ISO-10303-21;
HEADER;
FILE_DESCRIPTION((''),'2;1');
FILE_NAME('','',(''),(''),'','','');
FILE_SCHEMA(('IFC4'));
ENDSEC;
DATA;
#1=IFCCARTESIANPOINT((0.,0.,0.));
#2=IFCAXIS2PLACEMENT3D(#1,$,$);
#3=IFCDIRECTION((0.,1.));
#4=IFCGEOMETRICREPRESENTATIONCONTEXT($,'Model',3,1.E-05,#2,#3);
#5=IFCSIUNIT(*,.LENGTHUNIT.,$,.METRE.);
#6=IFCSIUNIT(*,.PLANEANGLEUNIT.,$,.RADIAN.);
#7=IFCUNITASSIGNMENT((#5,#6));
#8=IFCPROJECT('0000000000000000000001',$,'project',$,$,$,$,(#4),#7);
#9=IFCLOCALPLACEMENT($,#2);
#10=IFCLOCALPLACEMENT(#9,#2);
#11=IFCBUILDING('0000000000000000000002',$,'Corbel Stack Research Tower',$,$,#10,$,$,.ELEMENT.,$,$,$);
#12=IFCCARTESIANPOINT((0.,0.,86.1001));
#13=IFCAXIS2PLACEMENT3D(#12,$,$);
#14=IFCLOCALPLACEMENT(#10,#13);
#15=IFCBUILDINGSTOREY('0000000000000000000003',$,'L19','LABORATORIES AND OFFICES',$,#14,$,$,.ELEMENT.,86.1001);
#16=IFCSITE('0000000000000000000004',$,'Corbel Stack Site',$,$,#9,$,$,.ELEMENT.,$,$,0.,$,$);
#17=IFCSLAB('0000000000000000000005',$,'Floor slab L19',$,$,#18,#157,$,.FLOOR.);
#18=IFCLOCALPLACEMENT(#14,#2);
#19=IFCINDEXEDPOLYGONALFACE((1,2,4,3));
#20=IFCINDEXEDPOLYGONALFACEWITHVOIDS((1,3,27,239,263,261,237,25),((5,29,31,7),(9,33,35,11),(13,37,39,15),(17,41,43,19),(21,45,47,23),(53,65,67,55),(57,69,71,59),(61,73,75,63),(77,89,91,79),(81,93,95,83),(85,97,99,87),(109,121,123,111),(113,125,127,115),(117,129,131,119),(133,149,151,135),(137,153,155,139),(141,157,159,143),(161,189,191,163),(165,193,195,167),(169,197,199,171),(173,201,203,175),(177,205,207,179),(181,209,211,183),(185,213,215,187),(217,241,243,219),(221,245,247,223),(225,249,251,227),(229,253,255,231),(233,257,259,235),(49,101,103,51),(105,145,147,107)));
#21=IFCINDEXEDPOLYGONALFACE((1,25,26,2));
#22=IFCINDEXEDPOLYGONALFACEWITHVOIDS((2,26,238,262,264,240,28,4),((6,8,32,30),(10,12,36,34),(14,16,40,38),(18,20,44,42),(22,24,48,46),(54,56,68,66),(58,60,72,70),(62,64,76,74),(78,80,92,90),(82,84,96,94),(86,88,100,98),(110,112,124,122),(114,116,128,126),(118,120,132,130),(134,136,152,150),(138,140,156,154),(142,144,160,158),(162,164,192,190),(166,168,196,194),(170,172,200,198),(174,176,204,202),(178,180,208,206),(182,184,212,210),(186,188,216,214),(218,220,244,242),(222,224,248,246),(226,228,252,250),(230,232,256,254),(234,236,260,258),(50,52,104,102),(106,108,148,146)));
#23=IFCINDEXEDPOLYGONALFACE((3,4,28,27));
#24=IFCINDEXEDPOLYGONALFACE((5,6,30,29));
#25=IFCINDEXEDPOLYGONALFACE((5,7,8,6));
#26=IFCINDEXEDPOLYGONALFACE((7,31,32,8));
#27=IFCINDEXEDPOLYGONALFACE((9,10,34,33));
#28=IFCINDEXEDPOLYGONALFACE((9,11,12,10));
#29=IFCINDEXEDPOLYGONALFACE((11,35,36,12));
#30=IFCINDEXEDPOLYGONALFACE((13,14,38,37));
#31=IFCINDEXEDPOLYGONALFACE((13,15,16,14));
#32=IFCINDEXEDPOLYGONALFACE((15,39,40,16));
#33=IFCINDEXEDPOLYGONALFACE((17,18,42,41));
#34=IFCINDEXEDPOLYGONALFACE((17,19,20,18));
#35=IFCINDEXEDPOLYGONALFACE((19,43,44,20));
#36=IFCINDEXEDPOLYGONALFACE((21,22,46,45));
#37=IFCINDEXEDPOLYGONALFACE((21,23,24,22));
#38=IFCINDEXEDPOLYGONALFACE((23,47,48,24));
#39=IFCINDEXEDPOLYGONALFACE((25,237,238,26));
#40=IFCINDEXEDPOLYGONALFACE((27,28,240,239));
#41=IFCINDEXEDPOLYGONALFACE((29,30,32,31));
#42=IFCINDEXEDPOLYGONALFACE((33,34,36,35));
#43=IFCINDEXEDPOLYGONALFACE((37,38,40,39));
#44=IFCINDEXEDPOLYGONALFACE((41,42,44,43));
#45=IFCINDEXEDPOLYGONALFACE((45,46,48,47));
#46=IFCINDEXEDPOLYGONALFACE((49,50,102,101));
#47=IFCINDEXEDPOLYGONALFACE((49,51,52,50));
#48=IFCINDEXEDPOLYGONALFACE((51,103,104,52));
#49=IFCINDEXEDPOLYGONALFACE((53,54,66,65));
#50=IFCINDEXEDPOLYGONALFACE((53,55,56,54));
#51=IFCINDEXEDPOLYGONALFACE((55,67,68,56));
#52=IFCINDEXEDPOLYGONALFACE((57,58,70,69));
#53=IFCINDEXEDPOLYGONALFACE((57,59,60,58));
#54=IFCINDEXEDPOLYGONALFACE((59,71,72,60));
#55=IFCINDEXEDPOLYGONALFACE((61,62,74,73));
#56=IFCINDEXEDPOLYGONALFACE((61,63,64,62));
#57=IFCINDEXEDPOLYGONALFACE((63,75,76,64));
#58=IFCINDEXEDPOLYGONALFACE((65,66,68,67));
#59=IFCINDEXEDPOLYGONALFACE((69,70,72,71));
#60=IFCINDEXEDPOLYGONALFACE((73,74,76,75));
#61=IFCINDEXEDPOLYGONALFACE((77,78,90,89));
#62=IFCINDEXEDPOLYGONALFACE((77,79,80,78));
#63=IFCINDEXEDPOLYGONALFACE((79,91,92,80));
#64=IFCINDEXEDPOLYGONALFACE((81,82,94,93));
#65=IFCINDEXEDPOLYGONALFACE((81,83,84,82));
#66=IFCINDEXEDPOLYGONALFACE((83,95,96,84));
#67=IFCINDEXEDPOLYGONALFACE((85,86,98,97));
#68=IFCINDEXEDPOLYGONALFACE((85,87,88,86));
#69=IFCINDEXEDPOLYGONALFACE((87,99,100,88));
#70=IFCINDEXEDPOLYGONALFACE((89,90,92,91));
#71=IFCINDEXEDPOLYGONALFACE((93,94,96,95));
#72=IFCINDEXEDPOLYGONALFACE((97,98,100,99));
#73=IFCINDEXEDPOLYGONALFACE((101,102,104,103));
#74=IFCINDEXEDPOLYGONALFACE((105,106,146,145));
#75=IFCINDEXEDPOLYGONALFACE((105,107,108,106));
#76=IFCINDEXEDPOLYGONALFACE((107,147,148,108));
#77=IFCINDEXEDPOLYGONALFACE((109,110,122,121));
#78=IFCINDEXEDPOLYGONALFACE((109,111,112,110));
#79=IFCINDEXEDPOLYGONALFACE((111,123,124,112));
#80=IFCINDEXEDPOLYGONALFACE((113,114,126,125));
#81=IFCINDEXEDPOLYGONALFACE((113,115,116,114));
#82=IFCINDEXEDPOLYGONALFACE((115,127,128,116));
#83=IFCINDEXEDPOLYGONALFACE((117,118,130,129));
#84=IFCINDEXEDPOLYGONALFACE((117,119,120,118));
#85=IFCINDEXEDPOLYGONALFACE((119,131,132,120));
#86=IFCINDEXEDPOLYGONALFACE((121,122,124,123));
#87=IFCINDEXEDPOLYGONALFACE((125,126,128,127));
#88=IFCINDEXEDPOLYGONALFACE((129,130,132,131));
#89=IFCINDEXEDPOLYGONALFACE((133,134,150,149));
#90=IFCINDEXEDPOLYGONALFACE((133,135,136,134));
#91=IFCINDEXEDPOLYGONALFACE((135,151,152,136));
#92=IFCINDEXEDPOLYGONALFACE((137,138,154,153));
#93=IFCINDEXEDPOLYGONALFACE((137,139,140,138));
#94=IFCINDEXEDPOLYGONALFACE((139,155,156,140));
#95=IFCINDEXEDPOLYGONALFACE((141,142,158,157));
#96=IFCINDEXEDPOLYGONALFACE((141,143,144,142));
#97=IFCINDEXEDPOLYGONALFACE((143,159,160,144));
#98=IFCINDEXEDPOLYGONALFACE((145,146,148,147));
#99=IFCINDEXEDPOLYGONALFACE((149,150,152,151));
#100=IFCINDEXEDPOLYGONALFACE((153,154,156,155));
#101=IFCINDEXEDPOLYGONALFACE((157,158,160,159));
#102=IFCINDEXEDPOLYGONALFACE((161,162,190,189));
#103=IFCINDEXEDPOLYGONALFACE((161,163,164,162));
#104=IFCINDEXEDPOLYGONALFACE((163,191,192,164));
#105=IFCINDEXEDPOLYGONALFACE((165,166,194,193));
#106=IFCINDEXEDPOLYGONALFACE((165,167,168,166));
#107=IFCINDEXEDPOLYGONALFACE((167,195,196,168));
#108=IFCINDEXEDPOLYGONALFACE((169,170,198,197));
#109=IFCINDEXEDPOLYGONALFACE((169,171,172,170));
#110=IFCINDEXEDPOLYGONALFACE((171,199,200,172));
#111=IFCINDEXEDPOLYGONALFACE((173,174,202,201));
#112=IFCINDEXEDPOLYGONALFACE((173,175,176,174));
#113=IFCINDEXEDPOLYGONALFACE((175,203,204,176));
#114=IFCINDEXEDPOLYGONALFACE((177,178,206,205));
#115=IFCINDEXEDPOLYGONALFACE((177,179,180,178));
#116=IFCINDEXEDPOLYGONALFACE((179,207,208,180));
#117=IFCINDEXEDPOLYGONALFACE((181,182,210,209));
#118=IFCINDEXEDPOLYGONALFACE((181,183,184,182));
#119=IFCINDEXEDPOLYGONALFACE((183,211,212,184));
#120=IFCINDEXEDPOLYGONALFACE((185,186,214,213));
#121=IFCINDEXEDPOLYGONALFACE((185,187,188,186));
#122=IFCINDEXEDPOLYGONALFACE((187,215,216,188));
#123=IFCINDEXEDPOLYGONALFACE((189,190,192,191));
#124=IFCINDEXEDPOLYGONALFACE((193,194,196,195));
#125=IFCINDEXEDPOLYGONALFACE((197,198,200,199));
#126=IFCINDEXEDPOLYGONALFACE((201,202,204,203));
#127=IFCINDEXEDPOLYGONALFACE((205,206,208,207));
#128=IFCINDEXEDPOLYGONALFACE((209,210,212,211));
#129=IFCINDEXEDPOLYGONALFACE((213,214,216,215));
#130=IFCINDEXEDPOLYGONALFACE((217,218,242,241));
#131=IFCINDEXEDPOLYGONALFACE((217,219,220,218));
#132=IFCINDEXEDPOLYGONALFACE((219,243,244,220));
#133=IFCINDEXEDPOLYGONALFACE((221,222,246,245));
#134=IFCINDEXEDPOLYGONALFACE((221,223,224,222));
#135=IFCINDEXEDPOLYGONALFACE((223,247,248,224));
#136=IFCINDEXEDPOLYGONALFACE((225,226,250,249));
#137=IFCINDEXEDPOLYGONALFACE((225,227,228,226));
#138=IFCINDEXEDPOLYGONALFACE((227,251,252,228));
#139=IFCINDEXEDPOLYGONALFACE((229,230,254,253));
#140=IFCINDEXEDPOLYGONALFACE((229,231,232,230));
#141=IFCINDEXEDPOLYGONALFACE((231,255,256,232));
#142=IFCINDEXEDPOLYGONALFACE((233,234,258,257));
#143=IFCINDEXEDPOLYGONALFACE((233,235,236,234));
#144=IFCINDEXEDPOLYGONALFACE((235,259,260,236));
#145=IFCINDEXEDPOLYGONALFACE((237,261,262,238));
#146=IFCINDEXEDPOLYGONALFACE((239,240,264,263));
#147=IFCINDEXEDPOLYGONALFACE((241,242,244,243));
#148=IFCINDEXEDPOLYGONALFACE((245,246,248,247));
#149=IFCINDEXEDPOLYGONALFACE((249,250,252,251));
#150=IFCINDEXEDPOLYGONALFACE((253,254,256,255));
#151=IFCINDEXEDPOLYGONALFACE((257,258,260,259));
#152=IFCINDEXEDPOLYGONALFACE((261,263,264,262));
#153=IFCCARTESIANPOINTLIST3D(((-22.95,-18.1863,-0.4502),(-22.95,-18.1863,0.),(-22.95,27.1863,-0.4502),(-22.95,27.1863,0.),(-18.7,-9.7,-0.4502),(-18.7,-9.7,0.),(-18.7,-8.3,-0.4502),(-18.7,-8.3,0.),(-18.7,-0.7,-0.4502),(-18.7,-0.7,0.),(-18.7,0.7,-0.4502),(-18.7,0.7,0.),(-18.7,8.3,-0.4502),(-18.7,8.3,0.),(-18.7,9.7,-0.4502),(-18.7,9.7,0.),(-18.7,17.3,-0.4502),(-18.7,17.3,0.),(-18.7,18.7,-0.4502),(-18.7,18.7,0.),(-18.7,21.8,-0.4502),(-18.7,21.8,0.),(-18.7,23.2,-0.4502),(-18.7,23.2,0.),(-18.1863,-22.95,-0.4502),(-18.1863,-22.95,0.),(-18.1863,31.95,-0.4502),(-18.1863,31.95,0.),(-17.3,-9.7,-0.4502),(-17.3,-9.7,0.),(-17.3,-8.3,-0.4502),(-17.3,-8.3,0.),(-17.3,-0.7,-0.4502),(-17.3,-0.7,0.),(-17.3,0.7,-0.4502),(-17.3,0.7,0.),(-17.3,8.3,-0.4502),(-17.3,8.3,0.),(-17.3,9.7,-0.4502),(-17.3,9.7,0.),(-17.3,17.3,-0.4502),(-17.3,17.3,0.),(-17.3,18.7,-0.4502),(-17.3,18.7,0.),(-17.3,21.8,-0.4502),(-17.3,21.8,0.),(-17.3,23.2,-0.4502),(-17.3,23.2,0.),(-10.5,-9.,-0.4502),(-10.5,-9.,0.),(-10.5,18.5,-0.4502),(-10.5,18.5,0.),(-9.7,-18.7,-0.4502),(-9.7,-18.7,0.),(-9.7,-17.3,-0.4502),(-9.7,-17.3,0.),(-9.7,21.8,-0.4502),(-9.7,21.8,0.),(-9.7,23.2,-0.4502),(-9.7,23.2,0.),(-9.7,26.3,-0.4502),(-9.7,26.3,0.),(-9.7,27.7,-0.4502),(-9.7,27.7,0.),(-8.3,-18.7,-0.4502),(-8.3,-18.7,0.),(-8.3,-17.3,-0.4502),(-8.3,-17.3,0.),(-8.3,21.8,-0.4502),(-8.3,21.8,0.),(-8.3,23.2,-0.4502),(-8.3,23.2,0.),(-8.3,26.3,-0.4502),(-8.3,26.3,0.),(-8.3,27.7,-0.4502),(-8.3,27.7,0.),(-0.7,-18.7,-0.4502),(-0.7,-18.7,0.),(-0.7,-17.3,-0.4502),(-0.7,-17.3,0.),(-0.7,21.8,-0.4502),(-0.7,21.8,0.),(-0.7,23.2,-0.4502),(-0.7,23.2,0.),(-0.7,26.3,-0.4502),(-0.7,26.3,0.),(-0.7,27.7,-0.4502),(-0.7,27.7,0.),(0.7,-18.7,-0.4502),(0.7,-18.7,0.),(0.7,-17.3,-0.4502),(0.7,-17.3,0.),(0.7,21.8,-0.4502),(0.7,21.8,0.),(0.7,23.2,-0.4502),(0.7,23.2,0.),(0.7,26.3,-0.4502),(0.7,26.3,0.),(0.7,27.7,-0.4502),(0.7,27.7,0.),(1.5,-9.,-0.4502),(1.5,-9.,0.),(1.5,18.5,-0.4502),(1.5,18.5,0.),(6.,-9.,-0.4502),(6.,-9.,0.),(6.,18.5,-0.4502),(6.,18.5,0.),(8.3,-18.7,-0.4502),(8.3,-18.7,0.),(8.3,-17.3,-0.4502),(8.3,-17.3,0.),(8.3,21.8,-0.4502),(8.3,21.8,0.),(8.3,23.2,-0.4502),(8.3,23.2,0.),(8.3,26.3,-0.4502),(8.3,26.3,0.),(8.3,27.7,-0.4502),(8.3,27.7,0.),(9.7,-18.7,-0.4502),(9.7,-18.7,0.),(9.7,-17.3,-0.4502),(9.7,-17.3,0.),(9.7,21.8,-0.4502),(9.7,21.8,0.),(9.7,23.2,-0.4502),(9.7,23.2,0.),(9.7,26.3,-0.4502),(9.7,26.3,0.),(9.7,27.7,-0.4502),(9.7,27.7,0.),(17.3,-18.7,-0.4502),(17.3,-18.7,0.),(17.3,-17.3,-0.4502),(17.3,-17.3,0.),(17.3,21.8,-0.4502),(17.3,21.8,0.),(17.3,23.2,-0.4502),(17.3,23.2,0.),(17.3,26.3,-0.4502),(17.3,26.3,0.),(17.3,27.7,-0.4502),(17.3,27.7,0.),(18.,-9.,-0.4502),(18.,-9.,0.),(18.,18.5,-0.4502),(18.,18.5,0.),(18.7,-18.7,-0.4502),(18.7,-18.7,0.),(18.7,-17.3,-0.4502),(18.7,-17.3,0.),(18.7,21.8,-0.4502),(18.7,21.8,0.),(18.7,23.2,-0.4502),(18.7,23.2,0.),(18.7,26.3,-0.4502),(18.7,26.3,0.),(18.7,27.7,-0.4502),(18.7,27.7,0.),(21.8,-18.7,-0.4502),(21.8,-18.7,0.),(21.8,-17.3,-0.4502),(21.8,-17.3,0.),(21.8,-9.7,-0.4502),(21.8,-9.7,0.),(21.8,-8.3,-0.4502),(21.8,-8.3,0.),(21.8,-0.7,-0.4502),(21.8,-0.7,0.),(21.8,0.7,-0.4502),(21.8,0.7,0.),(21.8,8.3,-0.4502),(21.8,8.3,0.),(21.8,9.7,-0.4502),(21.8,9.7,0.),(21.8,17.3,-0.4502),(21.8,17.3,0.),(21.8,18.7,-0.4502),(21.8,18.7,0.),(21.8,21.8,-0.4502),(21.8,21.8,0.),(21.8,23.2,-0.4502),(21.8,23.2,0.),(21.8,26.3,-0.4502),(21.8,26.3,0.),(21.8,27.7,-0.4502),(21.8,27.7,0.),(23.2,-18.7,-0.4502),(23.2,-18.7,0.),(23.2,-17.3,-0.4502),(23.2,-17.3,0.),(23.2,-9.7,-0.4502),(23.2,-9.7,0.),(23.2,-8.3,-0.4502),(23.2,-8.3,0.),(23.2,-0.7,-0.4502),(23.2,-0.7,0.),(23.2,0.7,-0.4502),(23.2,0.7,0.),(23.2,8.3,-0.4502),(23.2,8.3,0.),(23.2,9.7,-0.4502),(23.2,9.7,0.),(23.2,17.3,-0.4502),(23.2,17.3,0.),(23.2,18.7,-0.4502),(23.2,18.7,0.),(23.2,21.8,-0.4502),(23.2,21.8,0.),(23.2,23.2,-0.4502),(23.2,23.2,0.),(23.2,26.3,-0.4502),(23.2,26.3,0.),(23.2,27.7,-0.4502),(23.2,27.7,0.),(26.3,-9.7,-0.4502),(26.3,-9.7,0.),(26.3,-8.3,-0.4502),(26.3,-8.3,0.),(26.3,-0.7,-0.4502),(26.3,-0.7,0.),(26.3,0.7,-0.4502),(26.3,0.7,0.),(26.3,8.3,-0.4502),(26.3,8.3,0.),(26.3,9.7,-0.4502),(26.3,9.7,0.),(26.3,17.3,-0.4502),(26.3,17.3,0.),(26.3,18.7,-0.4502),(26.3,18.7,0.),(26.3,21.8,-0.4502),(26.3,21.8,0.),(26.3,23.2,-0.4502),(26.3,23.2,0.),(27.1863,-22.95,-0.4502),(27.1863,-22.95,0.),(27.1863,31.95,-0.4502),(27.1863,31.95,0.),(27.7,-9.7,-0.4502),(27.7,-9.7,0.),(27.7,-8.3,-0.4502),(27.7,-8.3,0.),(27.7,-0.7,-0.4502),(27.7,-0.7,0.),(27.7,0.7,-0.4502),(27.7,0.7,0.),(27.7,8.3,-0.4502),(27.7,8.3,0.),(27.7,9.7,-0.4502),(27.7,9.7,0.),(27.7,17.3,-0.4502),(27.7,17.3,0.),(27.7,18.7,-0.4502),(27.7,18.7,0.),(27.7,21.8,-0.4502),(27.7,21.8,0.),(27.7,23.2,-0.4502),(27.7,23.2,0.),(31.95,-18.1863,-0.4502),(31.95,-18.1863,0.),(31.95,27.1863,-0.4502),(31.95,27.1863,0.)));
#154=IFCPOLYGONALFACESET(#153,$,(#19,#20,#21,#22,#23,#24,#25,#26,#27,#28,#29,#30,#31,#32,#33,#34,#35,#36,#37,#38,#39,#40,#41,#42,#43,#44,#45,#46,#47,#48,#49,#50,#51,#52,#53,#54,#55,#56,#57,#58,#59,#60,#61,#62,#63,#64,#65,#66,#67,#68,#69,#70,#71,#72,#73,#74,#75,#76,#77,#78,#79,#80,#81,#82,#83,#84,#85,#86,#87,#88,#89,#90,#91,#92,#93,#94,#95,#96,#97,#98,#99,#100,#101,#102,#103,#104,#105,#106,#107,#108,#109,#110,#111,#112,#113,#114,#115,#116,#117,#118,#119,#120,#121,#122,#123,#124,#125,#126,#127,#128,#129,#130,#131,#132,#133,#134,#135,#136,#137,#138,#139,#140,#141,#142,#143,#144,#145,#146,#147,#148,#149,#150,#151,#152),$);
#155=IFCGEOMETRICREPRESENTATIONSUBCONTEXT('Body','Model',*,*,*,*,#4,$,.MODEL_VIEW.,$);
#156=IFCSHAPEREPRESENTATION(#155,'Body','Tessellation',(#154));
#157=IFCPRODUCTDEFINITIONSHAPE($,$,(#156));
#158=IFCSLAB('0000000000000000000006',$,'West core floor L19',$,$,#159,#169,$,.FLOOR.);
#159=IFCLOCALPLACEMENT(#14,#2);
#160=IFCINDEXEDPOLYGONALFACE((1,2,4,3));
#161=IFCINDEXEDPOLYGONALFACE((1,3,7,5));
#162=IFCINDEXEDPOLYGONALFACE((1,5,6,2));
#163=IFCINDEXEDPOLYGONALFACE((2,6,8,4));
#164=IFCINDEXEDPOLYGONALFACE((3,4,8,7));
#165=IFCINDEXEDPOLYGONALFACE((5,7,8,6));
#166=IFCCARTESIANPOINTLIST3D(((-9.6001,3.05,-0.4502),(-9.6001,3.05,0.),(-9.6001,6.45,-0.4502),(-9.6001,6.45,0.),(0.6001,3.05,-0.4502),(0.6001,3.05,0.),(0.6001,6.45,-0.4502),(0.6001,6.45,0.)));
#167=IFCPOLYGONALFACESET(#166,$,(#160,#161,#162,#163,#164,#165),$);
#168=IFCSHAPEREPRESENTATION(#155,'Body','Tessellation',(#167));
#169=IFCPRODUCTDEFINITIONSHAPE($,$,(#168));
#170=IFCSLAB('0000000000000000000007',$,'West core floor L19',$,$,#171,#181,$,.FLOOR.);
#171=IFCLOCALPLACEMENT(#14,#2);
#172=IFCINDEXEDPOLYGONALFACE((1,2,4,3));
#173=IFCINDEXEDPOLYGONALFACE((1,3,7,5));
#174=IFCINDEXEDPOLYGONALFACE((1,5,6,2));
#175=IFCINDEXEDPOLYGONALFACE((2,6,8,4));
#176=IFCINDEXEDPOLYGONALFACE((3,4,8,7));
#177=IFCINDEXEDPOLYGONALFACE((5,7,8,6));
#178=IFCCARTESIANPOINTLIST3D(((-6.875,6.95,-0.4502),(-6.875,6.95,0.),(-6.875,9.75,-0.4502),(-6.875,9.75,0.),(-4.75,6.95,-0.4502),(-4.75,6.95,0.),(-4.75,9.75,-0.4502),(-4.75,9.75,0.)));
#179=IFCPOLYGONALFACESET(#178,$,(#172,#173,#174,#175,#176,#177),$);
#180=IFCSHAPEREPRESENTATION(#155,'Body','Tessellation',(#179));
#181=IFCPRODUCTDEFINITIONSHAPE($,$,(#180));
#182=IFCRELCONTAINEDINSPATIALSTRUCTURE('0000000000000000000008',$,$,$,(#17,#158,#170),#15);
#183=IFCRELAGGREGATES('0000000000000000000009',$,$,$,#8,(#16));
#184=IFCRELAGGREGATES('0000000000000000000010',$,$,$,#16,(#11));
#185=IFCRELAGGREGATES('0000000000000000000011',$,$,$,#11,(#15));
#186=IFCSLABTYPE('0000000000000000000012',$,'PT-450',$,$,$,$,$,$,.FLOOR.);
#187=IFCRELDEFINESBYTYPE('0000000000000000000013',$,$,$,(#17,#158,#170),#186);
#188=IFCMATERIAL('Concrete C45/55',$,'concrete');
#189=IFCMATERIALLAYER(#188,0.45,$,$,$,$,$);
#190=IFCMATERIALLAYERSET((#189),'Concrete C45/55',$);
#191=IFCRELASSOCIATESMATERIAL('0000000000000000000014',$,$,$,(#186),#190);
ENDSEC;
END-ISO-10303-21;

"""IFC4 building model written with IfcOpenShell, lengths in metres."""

from ifc_helpers import new_model, si_unit, direction, frame, origin, place, context, subcontext, project, spatial, polyline, outline, extrude, material, layer, layer_set, type_object, element, save


model = new_model("IFC4")

# Units and contexts
model_context = context("Model", 3, precision=1e-05, world=origin(), true_north=direction((0.0, 1.0)))
body_context = subcontext(model_context, "Body", "Model", "MODEL_VIEW")
ifc_project = project(units=[si_unit("LENGTHUNIT", "METRE"), si_unit("PLANEANGLEUNIT", "RADIAN")], contexts=[model_context])

# Site, building, storey
site_placement = place(None, origin())
site = spatial("IfcSite", under=ifc_project, at=site_placement, Name="Corbel Stack Site", CompositionType="ELEMENT", RefElevation=0.0)
building_placement = place(site_placement, origin())
building = spatial("IfcBuilding", under=site, at=building_placement, Name="Corbel Stack Research Tower", CompositionType="ELEMENT")
storey_placement = place(building_placement, frame((0.0, 0.0, 86.1001)))
storey = spatial("IfcBuildingStorey", under=building, at=storey_placement, Name="L19", Description="LABORATORIES AND OFFICES", CompositionType="ELEMENT", Elevation=86.1001)

# Slabs
ifc_material_1 = material(Name="Concrete C45/55", Category="concrete")
ifc_layer_1 = layer(ifc_material_1, 0.45)
ifc_layer_set_1 = layer_set([ifc_layer_1], Name="Concrete C45/55")
slab_type_1 = type_object("IfcSlabType", Name="PT-450", PredefinedType="FLOOR", material=ifc_layer_set_1)
slab_1_placement = place(storey_placement, frame((0.0, 0.0, -0.4502)))
element("IfcSlab", 1, at=slab_1_placement, inside=storey, type_object=slab_type_1, Name="Floor slab L19", PredefinedType="FLOOR", context=body_context, shape_type="SweptSolid", body=[
    extrude(outline(polyline([(-18.1863, -22.95), (27.1863, -22.95), (31.95, -18.1863), (31.95, 27.1863), (27.1863, 31.95), (-18.1863, 31.95), (-22.95, 27.1863), (-22.95, -18.1863), (-18.1863, -22.95)]), holes=[polyline([(26.3, 21.8), (26.3, 23.2), (27.7, 23.2), (27.7, 21.8), (26.3, 21.8)]), polyline([(26.3, -9.7), (26.3, -8.3), (27.7, -8.3), (27.7, -9.7), (26.3, -9.7)]), polyline([(26.3, -0.7), (26.3, 0.7), (27.7, 0.7), (27.7, -0.7), (26.3, -0.7)]), polyline([(26.3, 8.3), (26.3, 9.7), (27.7, 9.7), (27.7, 8.3), (26.3, 8.3)]), polyline([(26.3, 17.3), (26.3, 18.7), (27.7, 18.7), (27.7, 17.3), (26.3, 17.3)]), polyline([(21.8, 26.3), (21.8, 27.7), (23.2, 27.7), (23.2, 26.3), (21.8, 26.3)]), polyline([(21.8, 21.8), (21.8, 23.2), (23.2, 23.2), (23.2, 21.8), (21.8, 21.8)]), polyline([(21.8, 17.3), (21.8, 18.7), (23.2, 18.7), (23.2, 17.3), (21.8, 17.3)]), polyline([(21.8, 8.3), (21.8, 9.7), (23.2, 9.7), (23.2, 8.3), (21.8, 8.3)]), polyline([(21.8, -0.7), (21.8, 0.7), (23.2, 0.7), (23.2, -0.7), (21.8, -0.7)]), polyline([(21.8, -9.7), (21.8, -8.3), (23.2, -8.3), (23.2, -9.7), (21.8, -9.7)]), polyline([(21.8, -18.7), (21.8, -17.3), (23.2, -17.3), (23.2, -18.7), (21.8, -18.7)]), polyline([(17.3, 26.3), (17.3, 27.7), (18.7, 27.7), (18.7, 26.3), (17.3, 26.3)]), polyline([(17.3, 21.8), (17.3, 23.2), (18.7, 23.2), (18.7, 21.8), (17.3, 21.8)]), polyline([(17.3, -18.7), (17.3, -17.3), (18.7, -17.3), (18.7, -18.7), (17.3, -18.7)]), polyline([(6.0, -9.0), (6.0, 18.5), (18.0, 18.5), (18.0, -9.0), (6.0, -9.0)]), polyline([(8.3, 26.3), (8.3, 27.7), (9.7, 27.7), (9.7, 26.3), (8.3, 26.3)]), polyline([(8.3, 21.8), (8.3, 23.2), (9.7, 23.2), (9.7, 21.8), (8.3, 21.8)]), polyline([(8.3, -18.7), (8.3, -17.3), (9.7, -17.3), (9.7, -18.7), (8.3, -18.7)]), polyline([(-10.5, -9.0), (-10.5, 18.5), (1.5, 18.5), (1.5, -9.0), (-10.5, -9.0)]), polyline([(-0.7, 26.3), (-0.7, 27.7), (0.7, 27.7), (0.7, 26.3), (-0.7, 26.3)]), polyline([(-0.7, 21.8), (-0.7, 23.2), (0.7, 23.2), (0.7, 21.8), (-0.7, 21.8)]), polyline([(-0.7, -18.7), (-0.7, -17.3), (0.7, -17.3), (0.7, -18.7), (-0.7, -18.7)]), polyline([(-9.7, 26.3), (-9.7, 27.7), (-8.3, 27.7), (-8.3, 26.3), (-9.7, 26.3)]), polyline([(-9.7, 21.8), (-9.7, 23.2), (-8.3, 23.2), (-8.3, 21.8), (-9.7, 21.8)]), polyline([(-8.3, -18.7), (-9.7, -18.7), (-9.7, -17.3), (-8.3, -17.3), (-8.3, -18.7)]), polyline([(-18.7, 21.8), (-18.7, 23.2), (-17.3, 23.2), (-17.3, 21.8), (-18.7, 21.8)]), polyline([(-18.7, 17.3), (-18.7, 18.7), (-17.3, 18.7), (-17.3, 17.3), (-18.7, 17.3)]), polyline([(-18.7, 8.3), (-18.7, 9.7), (-17.3, 9.7), (-17.3, 8.3), (-18.7, 8.3)]), polyline([(-18.7, -0.7), (-18.7, 0.7), (-17.3, 0.7), (-17.3, -0.7), (-18.7, -0.7)]), polyline([(-18.7, -9.7), (-18.7, -8.3), (-17.3, -8.3), (-17.3, -9.7), (-18.7, -9.7)])]), origin(), (0.0, 0.0, 1.0), 0.4502),
])
slab_2_placement = place(storey_placement, frame((0.0, 0.0, -0.4502)))
element("IfcSlab", 2, at=slab_2_placement, inside=storey, type_object=slab_type_1, Name="West core floor L19", PredefinedType="FLOOR", context=body_context, shape_type="SweptSolid", body=[
    extrude(outline(polyline([(0.6001, 6.45), (-9.6001, 6.45), (-9.6001, 3.05), (0.6001, 3.05), (0.6001, 6.45)])), origin(), (0.0, 0.0, 1.0), 0.4502),
])
slab_3_placement = place(storey_placement, frame((0.0, 0.0, -0.4502)))
element("IfcSlab", 3, at=slab_3_placement, inside=storey, type_object=slab_type_1, Name="West core floor L19", PredefinedType="FLOOR", context=body_context, shape_type="SweptSolid", body=[
    extrude(outline(polyline([(-6.875, 6.95), (-4.75, 6.95), (-4.75, 9.75), (-6.875, 9.75), (-6.875, 6.95)])), origin(), (0.0, 0.0, 1.0), 0.4502),
])

save(model, "model.ifc")
